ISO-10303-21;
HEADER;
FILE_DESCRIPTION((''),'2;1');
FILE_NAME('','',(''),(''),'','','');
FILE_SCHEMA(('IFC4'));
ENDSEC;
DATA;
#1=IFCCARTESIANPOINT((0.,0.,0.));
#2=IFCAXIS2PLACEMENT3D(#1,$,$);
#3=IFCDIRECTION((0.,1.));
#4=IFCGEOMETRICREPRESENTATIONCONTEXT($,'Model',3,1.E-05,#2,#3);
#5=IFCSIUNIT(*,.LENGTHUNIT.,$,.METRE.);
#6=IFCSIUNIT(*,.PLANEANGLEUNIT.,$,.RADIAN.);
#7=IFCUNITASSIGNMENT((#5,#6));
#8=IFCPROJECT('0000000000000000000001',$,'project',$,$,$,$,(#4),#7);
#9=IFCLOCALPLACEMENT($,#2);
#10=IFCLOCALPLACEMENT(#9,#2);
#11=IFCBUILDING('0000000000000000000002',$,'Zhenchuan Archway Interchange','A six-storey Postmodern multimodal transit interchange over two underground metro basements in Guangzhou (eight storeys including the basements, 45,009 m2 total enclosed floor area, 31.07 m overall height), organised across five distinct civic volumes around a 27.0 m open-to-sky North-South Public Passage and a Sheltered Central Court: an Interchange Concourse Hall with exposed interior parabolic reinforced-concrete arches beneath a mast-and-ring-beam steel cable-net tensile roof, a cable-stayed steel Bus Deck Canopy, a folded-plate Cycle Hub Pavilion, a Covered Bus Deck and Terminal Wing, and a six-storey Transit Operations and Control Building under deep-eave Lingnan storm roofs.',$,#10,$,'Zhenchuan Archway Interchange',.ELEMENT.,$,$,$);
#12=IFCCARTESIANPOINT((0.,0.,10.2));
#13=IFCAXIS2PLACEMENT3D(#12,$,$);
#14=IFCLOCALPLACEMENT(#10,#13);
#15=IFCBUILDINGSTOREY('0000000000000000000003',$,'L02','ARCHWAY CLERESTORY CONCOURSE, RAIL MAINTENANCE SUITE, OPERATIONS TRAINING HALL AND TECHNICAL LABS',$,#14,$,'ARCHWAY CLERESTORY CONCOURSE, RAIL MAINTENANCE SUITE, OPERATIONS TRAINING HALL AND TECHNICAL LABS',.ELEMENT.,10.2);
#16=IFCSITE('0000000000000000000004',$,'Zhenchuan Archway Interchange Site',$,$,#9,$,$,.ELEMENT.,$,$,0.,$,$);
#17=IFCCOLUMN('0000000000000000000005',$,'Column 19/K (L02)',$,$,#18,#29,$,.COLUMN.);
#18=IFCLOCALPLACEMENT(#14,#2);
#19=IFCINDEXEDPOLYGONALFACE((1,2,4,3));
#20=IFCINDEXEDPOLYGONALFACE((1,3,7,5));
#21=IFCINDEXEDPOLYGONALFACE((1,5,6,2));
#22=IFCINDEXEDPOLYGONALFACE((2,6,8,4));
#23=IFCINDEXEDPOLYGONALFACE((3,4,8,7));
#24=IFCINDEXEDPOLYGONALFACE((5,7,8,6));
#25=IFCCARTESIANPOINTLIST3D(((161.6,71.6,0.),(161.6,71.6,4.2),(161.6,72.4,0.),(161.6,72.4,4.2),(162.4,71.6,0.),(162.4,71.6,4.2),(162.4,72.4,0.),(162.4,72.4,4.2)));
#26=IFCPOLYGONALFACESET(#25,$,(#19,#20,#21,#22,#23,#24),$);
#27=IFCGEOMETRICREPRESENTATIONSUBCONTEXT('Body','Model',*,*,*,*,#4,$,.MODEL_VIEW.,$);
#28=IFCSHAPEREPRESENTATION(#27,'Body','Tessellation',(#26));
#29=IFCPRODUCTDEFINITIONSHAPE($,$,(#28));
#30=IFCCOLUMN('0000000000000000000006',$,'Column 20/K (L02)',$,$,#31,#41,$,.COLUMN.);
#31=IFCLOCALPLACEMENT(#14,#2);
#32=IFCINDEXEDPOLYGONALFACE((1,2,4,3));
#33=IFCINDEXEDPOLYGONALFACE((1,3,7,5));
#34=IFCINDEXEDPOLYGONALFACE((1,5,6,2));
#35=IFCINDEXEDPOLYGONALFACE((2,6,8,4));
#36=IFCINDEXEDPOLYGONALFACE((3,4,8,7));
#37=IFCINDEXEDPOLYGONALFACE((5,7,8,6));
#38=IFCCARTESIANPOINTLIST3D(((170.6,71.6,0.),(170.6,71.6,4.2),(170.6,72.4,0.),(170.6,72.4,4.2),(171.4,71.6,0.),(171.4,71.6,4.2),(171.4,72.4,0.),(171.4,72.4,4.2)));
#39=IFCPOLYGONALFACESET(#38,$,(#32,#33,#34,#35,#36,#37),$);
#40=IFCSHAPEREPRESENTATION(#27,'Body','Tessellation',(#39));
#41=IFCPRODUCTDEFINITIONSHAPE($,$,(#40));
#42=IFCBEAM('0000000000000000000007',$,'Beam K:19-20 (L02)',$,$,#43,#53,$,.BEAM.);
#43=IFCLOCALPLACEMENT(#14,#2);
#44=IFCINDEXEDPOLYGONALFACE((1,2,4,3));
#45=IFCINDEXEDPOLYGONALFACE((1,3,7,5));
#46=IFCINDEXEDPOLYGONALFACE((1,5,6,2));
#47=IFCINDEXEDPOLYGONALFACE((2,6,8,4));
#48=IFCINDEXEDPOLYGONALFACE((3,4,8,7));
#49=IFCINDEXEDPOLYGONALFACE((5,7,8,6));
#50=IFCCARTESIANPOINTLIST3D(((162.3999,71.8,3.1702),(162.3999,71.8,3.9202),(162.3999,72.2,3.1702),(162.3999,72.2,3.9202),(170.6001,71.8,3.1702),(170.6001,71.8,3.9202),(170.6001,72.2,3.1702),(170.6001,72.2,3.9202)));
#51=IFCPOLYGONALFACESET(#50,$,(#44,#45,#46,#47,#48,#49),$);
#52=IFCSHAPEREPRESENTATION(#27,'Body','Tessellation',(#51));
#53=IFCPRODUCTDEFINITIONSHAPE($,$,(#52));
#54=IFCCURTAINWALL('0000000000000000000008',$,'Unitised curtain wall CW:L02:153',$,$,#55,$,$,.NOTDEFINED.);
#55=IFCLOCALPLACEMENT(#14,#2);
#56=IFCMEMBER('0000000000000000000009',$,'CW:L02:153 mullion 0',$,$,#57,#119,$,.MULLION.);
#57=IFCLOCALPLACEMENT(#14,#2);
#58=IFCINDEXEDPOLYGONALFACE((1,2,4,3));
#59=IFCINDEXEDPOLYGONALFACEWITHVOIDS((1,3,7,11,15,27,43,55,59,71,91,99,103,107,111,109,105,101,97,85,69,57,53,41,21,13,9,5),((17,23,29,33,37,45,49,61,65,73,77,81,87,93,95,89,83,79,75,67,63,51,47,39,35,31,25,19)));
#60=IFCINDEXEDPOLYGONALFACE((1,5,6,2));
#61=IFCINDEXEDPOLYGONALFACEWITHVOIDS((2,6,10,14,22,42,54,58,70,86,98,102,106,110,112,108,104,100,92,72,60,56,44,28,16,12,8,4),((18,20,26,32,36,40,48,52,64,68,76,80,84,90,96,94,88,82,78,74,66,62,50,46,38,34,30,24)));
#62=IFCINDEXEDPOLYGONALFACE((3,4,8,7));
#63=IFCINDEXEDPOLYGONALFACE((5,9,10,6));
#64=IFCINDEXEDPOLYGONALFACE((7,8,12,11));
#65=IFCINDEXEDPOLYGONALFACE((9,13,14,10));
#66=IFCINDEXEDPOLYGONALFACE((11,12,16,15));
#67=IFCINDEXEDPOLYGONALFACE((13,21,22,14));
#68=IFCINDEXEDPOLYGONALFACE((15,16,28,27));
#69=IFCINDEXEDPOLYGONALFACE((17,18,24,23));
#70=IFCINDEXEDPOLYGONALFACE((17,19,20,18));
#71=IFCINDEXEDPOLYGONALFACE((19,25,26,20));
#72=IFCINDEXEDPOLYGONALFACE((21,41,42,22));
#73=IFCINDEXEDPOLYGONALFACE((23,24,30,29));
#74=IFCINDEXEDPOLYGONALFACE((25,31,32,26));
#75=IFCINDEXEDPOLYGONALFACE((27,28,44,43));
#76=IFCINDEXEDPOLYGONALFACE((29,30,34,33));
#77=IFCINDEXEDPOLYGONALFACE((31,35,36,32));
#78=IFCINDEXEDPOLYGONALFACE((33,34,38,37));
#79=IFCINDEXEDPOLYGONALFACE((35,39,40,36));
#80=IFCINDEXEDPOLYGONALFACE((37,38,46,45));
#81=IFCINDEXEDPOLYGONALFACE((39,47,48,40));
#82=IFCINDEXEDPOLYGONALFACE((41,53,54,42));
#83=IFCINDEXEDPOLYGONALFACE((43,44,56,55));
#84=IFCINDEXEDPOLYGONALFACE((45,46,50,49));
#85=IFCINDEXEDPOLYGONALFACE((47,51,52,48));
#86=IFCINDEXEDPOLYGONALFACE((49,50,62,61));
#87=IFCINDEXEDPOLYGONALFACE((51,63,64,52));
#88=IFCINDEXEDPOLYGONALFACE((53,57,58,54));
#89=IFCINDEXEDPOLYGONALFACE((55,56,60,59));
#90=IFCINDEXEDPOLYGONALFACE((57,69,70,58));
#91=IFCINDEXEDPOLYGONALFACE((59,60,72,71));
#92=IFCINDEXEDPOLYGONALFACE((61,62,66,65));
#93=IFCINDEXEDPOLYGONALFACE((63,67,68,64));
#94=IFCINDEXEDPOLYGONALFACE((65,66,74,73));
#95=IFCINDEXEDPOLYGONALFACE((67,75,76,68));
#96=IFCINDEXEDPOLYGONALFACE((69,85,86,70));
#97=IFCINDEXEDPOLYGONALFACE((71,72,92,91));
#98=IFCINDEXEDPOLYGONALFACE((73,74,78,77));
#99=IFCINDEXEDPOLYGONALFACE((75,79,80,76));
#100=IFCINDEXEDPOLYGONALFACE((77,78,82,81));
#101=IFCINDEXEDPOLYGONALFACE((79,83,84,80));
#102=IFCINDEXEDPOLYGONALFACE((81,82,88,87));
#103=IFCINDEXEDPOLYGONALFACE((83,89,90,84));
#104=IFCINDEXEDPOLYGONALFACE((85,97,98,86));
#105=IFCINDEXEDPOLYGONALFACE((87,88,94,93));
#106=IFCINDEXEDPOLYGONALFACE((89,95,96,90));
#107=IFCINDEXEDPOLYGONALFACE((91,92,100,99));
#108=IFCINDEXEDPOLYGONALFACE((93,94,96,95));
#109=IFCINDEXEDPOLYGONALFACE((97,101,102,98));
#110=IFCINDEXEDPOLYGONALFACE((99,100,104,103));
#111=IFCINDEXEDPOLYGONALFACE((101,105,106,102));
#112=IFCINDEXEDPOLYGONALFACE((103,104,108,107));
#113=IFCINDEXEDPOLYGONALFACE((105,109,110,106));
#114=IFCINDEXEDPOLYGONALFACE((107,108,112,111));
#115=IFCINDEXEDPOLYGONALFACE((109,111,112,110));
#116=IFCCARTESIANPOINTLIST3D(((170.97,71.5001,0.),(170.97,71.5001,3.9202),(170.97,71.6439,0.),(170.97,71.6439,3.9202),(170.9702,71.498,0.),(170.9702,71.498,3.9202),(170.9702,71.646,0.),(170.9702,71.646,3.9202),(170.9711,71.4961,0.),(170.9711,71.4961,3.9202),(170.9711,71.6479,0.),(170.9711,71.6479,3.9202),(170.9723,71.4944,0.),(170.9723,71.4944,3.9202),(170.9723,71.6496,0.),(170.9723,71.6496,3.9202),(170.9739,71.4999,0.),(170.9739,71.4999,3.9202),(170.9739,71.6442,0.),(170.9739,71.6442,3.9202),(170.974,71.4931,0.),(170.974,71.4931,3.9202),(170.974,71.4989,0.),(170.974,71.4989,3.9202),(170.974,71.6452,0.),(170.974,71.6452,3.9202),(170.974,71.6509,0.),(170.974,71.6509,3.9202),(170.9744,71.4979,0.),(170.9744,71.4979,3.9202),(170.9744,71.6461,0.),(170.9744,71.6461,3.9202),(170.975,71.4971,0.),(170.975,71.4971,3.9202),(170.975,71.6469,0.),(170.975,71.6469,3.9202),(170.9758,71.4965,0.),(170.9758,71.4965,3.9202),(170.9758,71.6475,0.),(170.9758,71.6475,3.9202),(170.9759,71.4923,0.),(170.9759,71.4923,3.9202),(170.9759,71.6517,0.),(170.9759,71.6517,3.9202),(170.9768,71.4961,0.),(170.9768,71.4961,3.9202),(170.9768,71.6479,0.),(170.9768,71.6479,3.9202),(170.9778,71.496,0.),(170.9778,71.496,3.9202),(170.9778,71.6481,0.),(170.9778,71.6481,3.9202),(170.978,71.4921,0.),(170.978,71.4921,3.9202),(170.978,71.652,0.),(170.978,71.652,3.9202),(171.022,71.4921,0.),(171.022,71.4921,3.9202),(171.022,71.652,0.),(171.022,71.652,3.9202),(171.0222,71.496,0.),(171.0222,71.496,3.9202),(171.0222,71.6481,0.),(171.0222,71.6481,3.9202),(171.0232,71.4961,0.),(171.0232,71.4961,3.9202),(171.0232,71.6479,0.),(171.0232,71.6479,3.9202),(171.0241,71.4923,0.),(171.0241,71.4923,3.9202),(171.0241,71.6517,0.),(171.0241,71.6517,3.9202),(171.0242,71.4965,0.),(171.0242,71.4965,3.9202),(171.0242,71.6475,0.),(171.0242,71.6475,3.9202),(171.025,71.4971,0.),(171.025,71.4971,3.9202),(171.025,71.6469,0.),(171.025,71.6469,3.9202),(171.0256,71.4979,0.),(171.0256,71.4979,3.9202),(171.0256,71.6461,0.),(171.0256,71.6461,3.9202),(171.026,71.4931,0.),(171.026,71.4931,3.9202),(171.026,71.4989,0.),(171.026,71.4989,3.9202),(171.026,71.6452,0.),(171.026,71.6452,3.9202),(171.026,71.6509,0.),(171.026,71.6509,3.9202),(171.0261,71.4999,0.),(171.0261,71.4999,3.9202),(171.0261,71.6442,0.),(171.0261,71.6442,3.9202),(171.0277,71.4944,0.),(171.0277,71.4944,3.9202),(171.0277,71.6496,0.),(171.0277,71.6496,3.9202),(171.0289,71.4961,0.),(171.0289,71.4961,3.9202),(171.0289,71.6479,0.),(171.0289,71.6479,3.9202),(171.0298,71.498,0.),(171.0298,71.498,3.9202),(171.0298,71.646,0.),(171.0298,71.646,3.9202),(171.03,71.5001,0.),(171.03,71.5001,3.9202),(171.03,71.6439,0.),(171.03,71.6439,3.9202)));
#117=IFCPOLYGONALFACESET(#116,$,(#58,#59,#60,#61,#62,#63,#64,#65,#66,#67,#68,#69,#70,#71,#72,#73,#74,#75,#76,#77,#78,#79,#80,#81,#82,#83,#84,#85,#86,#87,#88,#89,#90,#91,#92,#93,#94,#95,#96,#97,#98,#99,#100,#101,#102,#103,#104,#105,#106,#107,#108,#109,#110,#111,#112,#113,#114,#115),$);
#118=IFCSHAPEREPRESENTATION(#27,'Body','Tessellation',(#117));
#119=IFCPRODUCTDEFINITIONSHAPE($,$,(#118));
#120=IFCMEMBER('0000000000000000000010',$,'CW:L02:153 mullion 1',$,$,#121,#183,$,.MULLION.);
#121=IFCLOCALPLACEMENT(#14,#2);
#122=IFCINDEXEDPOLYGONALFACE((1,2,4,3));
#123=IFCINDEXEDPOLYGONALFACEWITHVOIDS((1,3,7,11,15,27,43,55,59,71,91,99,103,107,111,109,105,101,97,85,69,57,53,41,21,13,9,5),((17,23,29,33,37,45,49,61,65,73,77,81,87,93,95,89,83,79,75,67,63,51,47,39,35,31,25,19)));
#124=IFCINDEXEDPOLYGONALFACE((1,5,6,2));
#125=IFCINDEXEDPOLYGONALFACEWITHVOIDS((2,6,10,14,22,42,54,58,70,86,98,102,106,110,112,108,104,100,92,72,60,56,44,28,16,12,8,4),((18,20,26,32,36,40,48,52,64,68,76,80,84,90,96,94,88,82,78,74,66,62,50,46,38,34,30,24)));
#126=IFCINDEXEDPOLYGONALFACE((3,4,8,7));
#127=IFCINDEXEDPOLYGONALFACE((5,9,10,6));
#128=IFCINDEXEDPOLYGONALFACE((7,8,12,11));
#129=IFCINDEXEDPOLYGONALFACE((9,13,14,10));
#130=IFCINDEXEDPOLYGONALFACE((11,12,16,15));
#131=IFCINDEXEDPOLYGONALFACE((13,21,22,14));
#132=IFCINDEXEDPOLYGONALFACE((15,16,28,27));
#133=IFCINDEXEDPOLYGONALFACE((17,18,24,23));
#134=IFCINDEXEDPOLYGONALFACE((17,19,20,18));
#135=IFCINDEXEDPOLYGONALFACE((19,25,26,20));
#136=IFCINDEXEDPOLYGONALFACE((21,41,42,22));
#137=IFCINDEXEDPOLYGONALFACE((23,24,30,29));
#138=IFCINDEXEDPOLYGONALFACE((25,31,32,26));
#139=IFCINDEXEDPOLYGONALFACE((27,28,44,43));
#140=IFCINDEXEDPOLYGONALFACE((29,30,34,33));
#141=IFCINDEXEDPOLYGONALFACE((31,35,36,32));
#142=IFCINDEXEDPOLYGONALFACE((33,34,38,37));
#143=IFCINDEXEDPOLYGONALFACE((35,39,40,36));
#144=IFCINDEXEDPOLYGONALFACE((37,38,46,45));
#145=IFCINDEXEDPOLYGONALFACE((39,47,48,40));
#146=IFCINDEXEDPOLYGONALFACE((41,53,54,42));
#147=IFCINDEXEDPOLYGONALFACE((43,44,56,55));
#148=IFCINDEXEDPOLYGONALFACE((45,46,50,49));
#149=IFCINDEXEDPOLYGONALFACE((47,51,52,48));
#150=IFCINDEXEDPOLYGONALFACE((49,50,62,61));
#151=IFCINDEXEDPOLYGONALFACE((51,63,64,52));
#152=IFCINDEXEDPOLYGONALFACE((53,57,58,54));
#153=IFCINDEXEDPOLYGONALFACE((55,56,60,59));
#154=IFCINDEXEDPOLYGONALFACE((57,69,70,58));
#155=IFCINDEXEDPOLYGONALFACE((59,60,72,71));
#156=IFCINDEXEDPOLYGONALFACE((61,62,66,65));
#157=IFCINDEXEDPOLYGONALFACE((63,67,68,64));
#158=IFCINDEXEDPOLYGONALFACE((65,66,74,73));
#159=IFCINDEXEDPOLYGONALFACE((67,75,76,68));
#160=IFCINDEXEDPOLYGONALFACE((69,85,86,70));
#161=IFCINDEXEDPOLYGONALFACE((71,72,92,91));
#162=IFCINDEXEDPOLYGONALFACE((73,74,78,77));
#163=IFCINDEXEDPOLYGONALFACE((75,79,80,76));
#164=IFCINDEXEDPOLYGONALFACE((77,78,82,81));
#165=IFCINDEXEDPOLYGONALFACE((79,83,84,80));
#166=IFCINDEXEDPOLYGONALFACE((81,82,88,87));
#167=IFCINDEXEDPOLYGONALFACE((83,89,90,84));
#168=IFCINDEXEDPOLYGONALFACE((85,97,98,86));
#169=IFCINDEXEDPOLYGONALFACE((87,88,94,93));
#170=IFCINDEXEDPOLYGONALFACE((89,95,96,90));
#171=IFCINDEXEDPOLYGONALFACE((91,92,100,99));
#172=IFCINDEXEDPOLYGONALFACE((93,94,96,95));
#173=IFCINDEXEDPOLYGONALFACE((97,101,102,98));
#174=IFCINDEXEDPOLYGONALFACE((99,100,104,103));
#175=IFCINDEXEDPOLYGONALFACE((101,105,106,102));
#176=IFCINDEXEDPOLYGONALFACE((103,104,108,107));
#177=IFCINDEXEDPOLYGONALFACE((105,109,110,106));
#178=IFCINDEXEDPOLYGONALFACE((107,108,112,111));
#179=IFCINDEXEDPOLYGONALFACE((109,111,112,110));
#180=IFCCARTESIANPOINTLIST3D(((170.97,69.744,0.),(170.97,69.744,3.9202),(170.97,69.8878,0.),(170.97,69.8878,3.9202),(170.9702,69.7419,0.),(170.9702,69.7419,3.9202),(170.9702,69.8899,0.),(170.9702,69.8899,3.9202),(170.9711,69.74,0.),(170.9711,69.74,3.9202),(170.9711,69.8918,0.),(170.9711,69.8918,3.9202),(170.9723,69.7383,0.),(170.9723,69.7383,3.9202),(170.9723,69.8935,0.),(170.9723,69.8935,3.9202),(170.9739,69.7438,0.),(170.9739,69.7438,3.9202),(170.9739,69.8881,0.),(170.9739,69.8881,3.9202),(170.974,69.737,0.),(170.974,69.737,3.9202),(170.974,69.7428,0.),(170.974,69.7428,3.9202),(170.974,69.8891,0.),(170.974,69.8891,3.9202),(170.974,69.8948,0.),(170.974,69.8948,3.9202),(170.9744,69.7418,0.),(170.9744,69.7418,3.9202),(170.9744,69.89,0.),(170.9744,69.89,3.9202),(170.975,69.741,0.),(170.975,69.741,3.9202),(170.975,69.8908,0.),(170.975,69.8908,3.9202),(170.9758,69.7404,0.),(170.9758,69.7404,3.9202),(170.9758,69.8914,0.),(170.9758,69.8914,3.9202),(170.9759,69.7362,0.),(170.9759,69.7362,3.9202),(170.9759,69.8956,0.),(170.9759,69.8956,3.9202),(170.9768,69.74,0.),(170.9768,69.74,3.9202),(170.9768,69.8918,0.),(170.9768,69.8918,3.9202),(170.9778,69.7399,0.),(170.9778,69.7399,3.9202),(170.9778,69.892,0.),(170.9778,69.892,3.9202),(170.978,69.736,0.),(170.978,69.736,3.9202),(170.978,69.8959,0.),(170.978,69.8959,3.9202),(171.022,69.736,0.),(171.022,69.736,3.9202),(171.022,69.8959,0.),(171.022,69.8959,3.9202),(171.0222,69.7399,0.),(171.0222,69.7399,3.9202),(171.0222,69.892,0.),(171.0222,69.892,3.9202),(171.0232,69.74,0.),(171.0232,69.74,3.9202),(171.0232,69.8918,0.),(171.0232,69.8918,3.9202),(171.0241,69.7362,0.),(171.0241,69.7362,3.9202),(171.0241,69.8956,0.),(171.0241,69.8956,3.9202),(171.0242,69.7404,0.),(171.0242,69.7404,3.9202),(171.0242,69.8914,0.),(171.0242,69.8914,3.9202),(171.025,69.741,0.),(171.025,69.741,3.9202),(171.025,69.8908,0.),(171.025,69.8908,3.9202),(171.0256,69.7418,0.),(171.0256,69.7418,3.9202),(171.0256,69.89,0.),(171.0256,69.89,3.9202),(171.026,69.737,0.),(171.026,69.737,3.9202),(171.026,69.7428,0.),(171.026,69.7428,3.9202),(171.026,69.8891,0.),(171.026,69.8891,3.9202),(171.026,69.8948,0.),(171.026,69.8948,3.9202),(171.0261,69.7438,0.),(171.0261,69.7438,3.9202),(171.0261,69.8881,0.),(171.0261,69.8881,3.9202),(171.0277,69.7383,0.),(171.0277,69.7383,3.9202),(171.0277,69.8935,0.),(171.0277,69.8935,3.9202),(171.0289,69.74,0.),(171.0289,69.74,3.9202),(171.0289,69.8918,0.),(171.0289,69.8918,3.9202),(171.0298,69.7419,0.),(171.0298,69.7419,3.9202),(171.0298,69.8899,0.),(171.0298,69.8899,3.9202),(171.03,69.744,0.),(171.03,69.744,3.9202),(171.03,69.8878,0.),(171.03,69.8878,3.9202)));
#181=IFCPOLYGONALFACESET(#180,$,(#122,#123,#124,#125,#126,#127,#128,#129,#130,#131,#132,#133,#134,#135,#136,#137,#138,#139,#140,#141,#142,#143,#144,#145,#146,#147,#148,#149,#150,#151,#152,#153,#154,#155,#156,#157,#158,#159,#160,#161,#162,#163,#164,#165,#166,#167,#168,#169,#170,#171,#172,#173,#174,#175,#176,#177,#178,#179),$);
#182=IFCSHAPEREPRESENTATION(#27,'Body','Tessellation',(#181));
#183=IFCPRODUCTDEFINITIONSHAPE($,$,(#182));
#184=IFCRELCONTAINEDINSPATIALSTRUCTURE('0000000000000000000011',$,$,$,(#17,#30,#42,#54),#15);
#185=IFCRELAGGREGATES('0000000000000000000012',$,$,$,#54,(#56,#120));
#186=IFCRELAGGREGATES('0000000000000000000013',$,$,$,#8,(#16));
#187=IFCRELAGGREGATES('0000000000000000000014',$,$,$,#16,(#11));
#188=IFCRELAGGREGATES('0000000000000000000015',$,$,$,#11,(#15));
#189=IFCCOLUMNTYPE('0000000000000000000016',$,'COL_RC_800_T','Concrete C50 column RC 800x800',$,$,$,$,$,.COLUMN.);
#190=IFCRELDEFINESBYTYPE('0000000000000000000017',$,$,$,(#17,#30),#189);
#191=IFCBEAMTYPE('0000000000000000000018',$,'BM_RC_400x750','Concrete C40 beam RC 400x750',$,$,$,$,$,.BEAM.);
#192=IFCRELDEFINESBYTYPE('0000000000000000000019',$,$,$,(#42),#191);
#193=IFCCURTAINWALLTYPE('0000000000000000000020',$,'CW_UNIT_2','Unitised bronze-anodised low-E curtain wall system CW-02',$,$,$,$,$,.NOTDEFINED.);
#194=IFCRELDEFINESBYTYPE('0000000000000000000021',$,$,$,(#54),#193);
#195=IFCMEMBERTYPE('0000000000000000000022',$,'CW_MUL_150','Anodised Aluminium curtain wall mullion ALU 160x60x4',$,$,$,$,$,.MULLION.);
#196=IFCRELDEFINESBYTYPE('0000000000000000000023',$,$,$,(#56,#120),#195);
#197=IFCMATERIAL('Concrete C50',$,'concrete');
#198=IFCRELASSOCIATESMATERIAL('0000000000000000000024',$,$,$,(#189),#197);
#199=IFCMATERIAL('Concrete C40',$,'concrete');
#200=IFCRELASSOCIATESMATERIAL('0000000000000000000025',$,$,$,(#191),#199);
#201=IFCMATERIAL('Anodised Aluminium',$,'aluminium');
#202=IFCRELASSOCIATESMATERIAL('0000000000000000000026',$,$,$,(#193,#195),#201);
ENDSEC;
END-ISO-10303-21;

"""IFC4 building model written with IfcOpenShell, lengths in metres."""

from ifc_helpers import new_model, si_unit, direction, frame, origin, origin_2d, place, context, subcontext, project, spatial, rectangle, hollow_rectangle, extrude, material, material_profile, profile_set, type_object, element, aggregate, save


model = new_model("IFC4")

# Units and contexts
model_context = context("Model", 3, precision=1e-05, world=origin(), true_north=direction((0.0, 1.0)))
body_context = subcontext(model_context, "Body", "Model", "MODEL_VIEW")
ifc_project = project(units=[si_unit("LENGTHUNIT", "METRE"), si_unit("PLANEANGLEUNIT", "RADIAN")], contexts=[model_context])

# Site, building, storey
site_placement = place(None, origin())
site = spatial("IfcSite", under=ifc_project, at=site_placement, Name="Zhenchuan Archway Interchange Site", CompositionType="ELEMENT", RefElevation=0.0)
building_placement = place(site_placement, origin())
building = spatial("IfcBuilding", under=site, at=building_placement, Name="Zhenchuan Archway Interchange", Description="A six-storey Postmodern multimodal transit interchange over two underground metro basements in Guangzhou (eight storeys including the basements, 45,009 m2 total enclosed floor area, 31.07 m overall height), organised across five distinct civic volumes around a 27.0 m open-to-sky North-South Public Passage and a Sheltered Central Court: an Interchange Concourse Hall with exposed interior parabolic reinforced-concrete arches beneath a mast-and-ring-beam steel cable-net tensile roof, a cable-stayed steel Bus Deck Canopy, a folded-plate Cycle Hub Pavilion, a Covered Bus Deck and Terminal Wing, and a six-storey Transit Operations and Control Building under deep-eave Lingnan storm roofs.", LongName="Zhenchuan Archway Interchange", CompositionType="ELEMENT")
storey_placement = place(building_placement, frame((0.0, 0.0, 10.2)))
storey = spatial("IfcBuildingStorey", under=building, at=storey_placement, Name="L02", Description="ARCHWAY CLERESTORY CONCOURSE, RAIL MAINTENANCE SUITE, OPERATIONS TRAINING HALL AND TECHNICAL LABS", LongName="ARCHWAY CLERESTORY CONCOURSE, RAIL MAINTENANCE SUITE, OPERATIONS TRAINING HALL AND TECHNICAL LABS", CompositionType="ELEMENT", Elevation=10.2)

# Columns
ifc_material_1 = material(Name="Concrete C50", Category="concrete")
ifc_material_profile_1 = material_profile(ifc_material_1, rectangle(XDim=0.8, YDim=0.8, at=origin_2d()), Name="RC 800x800")
ifc_profile_set_1 = profile_set([ifc_material_profile_1], Name="Concrete C50")
column_type = type_object("IfcColumnType", Name="COL_RC_800_T", Description="Concrete C50 column RC 800x800", PredefinedType="COLUMN", material=ifc_profile_set_1)
for number, where, z_axis, x_axis, name in (
    (1, (162.0, 72.0, 0.0), (0.0, 0.0, 1.0), (1.0, 0.0, 0.0), "Column 19/K (L02)"),
    (2, (171.0, 72.0, 0.0), (0.0, 0.0, 1.0), (1.0, 0.0, 0.0), "Column 20/K (L02)"),
):
    element("IfcColumn", number, at=place(storey_placement, frame(where, z_axis=z_axis, x_axis=x_axis)), inside=storey, type_object=column_type, Name=name, PredefinedType="COLUMN", context=body_context, shape_type="SweptSolid", body=[
        extrude(rectangle(XDim=0.8, YDim=0.8, at=origin_2d()), origin(), (0.0, 0.0, 1.0), 4.2),
    ])

# Beam
ifc_material_2 = material(Name="Concrete C40", Category="concrete")
ifc_material_profile_2 = material_profile(ifc_material_2, rectangle(XDim=0.3999, YDim=0.75, at=origin_2d()), Name="RC 400x750")
ifc_profile_set_2 = profile_set([ifc_material_profile_2], Name="Concrete C40")
beam_type_1 = type_object("IfcBeamType", Name="BM_RC_400x750", Description="Concrete C40 beam RC 400x750", PredefinedType="BEAM", material=ifc_profile_set_2)
beam_1_placement = place(storey_placement, frame((162.3999, 72.0, 3.5452), z_axis=(1.0, 0.0, 0.0), x_axis=(0.0, 1.0, 0.0)))
element("IfcBeam", 3, at=beam_1_placement, inside=storey, type_object=beam_type_1, Name="Beam K:19-20 (L02)", PredefinedType="BEAM", context=body_context, shape_type="SweptSolid", body=[
    extrude(rectangle(XDim=0.3999, YDim=0.75, at=origin_2d()), origin(), (0.0, 0.0, 1.0), 8.2002),
])

# Curtain wall, members
ifc_material_3 = material(Name="Anodised Aluminium", Category="aluminium")
curtain_wall_type = type_object("IfcCurtainWallType", Name="CW_UNIT_2", Description="Unitised bronze-anodised low-E curtain wall system CW-02", PredefinedType="NOTDEFINED", material=ifc_material_3)
curtain_wall_placement = place(storey_placement, origin())
curtain_wall = element("IfcCurtainWall", 4, at=curtain_wall_placement, inside=storey, type_object=curtain_wall_type, Name="Unitised curtain wall CW:L02:153", PredefinedType="NOTDEFINED")
ifc_material_profile_3 = material_profile(ifc_material_3, hollow_rectangle(XDim=0.0601, YDim=0.1599, WallThickness=0.0039, InnerFilletRadius=0.0039, OuterFilletRadius=0.0081, at=origin_2d()), Name="ALU 160x60x4")
ifc_profile_set_3 = profile_set([ifc_material_profile_3], Name="Anodised Aluminium")
member_type_1 = type_object("IfcMemberType", Name="CW_MUL_150", Description="Anodised Aluminium curtain wall mullion ALU 160x60x4", PredefinedType="MULLION", material=ifc_profile_set_3)
member_1_placement = place(storey_placement, frame((171.0, 71.572, 0.0), z_axis=(0.0, 0.0, 1.0), x_axis=(1.0, 0.0, 0.0)))
member_1 = element("IfcMember", 5, at=member_1_placement, type_object=member_type_1, Name="CW:L02:153 mullion 0", PredefinedType="MULLION", context=body_context, shape_type="SweptSolid", body=[
    extrude(hollow_rectangle(XDim=0.0601, YDim=0.1599, WallThickness=0.0039, InnerFilletRadius=0.0039, OuterFilletRadius=0.0081, at=origin_2d()), origin(), (0.0, 0.0, 1.0), 3.9202),
])
member_2_placement = place(storey_placement, frame((171.0, 69.8159, 0.0), z_axis=(0.0, 0.0, 1.0), x_axis=(1.0, 0.0, 0.0)))
member_2 = element("IfcMember", 6, at=member_2_placement, type_object=member_type_1, Name="CW:L02:153 mullion 1", PredefinedType="MULLION", context=body_context, shape_type="SweptSolid", body=[
    extrude(hollow_rectangle(XDim=0.0601, YDim=0.1599, WallThickness=0.0039, InnerFilletRadius=0.0039, OuterFilletRadius=0.0081, at=origin_2d()), origin(), (0.0, 0.0, 1.0), 3.9202),
])

aggregate(curtain_wall, [member_1, member_2])

save(model, "model.ifc")
